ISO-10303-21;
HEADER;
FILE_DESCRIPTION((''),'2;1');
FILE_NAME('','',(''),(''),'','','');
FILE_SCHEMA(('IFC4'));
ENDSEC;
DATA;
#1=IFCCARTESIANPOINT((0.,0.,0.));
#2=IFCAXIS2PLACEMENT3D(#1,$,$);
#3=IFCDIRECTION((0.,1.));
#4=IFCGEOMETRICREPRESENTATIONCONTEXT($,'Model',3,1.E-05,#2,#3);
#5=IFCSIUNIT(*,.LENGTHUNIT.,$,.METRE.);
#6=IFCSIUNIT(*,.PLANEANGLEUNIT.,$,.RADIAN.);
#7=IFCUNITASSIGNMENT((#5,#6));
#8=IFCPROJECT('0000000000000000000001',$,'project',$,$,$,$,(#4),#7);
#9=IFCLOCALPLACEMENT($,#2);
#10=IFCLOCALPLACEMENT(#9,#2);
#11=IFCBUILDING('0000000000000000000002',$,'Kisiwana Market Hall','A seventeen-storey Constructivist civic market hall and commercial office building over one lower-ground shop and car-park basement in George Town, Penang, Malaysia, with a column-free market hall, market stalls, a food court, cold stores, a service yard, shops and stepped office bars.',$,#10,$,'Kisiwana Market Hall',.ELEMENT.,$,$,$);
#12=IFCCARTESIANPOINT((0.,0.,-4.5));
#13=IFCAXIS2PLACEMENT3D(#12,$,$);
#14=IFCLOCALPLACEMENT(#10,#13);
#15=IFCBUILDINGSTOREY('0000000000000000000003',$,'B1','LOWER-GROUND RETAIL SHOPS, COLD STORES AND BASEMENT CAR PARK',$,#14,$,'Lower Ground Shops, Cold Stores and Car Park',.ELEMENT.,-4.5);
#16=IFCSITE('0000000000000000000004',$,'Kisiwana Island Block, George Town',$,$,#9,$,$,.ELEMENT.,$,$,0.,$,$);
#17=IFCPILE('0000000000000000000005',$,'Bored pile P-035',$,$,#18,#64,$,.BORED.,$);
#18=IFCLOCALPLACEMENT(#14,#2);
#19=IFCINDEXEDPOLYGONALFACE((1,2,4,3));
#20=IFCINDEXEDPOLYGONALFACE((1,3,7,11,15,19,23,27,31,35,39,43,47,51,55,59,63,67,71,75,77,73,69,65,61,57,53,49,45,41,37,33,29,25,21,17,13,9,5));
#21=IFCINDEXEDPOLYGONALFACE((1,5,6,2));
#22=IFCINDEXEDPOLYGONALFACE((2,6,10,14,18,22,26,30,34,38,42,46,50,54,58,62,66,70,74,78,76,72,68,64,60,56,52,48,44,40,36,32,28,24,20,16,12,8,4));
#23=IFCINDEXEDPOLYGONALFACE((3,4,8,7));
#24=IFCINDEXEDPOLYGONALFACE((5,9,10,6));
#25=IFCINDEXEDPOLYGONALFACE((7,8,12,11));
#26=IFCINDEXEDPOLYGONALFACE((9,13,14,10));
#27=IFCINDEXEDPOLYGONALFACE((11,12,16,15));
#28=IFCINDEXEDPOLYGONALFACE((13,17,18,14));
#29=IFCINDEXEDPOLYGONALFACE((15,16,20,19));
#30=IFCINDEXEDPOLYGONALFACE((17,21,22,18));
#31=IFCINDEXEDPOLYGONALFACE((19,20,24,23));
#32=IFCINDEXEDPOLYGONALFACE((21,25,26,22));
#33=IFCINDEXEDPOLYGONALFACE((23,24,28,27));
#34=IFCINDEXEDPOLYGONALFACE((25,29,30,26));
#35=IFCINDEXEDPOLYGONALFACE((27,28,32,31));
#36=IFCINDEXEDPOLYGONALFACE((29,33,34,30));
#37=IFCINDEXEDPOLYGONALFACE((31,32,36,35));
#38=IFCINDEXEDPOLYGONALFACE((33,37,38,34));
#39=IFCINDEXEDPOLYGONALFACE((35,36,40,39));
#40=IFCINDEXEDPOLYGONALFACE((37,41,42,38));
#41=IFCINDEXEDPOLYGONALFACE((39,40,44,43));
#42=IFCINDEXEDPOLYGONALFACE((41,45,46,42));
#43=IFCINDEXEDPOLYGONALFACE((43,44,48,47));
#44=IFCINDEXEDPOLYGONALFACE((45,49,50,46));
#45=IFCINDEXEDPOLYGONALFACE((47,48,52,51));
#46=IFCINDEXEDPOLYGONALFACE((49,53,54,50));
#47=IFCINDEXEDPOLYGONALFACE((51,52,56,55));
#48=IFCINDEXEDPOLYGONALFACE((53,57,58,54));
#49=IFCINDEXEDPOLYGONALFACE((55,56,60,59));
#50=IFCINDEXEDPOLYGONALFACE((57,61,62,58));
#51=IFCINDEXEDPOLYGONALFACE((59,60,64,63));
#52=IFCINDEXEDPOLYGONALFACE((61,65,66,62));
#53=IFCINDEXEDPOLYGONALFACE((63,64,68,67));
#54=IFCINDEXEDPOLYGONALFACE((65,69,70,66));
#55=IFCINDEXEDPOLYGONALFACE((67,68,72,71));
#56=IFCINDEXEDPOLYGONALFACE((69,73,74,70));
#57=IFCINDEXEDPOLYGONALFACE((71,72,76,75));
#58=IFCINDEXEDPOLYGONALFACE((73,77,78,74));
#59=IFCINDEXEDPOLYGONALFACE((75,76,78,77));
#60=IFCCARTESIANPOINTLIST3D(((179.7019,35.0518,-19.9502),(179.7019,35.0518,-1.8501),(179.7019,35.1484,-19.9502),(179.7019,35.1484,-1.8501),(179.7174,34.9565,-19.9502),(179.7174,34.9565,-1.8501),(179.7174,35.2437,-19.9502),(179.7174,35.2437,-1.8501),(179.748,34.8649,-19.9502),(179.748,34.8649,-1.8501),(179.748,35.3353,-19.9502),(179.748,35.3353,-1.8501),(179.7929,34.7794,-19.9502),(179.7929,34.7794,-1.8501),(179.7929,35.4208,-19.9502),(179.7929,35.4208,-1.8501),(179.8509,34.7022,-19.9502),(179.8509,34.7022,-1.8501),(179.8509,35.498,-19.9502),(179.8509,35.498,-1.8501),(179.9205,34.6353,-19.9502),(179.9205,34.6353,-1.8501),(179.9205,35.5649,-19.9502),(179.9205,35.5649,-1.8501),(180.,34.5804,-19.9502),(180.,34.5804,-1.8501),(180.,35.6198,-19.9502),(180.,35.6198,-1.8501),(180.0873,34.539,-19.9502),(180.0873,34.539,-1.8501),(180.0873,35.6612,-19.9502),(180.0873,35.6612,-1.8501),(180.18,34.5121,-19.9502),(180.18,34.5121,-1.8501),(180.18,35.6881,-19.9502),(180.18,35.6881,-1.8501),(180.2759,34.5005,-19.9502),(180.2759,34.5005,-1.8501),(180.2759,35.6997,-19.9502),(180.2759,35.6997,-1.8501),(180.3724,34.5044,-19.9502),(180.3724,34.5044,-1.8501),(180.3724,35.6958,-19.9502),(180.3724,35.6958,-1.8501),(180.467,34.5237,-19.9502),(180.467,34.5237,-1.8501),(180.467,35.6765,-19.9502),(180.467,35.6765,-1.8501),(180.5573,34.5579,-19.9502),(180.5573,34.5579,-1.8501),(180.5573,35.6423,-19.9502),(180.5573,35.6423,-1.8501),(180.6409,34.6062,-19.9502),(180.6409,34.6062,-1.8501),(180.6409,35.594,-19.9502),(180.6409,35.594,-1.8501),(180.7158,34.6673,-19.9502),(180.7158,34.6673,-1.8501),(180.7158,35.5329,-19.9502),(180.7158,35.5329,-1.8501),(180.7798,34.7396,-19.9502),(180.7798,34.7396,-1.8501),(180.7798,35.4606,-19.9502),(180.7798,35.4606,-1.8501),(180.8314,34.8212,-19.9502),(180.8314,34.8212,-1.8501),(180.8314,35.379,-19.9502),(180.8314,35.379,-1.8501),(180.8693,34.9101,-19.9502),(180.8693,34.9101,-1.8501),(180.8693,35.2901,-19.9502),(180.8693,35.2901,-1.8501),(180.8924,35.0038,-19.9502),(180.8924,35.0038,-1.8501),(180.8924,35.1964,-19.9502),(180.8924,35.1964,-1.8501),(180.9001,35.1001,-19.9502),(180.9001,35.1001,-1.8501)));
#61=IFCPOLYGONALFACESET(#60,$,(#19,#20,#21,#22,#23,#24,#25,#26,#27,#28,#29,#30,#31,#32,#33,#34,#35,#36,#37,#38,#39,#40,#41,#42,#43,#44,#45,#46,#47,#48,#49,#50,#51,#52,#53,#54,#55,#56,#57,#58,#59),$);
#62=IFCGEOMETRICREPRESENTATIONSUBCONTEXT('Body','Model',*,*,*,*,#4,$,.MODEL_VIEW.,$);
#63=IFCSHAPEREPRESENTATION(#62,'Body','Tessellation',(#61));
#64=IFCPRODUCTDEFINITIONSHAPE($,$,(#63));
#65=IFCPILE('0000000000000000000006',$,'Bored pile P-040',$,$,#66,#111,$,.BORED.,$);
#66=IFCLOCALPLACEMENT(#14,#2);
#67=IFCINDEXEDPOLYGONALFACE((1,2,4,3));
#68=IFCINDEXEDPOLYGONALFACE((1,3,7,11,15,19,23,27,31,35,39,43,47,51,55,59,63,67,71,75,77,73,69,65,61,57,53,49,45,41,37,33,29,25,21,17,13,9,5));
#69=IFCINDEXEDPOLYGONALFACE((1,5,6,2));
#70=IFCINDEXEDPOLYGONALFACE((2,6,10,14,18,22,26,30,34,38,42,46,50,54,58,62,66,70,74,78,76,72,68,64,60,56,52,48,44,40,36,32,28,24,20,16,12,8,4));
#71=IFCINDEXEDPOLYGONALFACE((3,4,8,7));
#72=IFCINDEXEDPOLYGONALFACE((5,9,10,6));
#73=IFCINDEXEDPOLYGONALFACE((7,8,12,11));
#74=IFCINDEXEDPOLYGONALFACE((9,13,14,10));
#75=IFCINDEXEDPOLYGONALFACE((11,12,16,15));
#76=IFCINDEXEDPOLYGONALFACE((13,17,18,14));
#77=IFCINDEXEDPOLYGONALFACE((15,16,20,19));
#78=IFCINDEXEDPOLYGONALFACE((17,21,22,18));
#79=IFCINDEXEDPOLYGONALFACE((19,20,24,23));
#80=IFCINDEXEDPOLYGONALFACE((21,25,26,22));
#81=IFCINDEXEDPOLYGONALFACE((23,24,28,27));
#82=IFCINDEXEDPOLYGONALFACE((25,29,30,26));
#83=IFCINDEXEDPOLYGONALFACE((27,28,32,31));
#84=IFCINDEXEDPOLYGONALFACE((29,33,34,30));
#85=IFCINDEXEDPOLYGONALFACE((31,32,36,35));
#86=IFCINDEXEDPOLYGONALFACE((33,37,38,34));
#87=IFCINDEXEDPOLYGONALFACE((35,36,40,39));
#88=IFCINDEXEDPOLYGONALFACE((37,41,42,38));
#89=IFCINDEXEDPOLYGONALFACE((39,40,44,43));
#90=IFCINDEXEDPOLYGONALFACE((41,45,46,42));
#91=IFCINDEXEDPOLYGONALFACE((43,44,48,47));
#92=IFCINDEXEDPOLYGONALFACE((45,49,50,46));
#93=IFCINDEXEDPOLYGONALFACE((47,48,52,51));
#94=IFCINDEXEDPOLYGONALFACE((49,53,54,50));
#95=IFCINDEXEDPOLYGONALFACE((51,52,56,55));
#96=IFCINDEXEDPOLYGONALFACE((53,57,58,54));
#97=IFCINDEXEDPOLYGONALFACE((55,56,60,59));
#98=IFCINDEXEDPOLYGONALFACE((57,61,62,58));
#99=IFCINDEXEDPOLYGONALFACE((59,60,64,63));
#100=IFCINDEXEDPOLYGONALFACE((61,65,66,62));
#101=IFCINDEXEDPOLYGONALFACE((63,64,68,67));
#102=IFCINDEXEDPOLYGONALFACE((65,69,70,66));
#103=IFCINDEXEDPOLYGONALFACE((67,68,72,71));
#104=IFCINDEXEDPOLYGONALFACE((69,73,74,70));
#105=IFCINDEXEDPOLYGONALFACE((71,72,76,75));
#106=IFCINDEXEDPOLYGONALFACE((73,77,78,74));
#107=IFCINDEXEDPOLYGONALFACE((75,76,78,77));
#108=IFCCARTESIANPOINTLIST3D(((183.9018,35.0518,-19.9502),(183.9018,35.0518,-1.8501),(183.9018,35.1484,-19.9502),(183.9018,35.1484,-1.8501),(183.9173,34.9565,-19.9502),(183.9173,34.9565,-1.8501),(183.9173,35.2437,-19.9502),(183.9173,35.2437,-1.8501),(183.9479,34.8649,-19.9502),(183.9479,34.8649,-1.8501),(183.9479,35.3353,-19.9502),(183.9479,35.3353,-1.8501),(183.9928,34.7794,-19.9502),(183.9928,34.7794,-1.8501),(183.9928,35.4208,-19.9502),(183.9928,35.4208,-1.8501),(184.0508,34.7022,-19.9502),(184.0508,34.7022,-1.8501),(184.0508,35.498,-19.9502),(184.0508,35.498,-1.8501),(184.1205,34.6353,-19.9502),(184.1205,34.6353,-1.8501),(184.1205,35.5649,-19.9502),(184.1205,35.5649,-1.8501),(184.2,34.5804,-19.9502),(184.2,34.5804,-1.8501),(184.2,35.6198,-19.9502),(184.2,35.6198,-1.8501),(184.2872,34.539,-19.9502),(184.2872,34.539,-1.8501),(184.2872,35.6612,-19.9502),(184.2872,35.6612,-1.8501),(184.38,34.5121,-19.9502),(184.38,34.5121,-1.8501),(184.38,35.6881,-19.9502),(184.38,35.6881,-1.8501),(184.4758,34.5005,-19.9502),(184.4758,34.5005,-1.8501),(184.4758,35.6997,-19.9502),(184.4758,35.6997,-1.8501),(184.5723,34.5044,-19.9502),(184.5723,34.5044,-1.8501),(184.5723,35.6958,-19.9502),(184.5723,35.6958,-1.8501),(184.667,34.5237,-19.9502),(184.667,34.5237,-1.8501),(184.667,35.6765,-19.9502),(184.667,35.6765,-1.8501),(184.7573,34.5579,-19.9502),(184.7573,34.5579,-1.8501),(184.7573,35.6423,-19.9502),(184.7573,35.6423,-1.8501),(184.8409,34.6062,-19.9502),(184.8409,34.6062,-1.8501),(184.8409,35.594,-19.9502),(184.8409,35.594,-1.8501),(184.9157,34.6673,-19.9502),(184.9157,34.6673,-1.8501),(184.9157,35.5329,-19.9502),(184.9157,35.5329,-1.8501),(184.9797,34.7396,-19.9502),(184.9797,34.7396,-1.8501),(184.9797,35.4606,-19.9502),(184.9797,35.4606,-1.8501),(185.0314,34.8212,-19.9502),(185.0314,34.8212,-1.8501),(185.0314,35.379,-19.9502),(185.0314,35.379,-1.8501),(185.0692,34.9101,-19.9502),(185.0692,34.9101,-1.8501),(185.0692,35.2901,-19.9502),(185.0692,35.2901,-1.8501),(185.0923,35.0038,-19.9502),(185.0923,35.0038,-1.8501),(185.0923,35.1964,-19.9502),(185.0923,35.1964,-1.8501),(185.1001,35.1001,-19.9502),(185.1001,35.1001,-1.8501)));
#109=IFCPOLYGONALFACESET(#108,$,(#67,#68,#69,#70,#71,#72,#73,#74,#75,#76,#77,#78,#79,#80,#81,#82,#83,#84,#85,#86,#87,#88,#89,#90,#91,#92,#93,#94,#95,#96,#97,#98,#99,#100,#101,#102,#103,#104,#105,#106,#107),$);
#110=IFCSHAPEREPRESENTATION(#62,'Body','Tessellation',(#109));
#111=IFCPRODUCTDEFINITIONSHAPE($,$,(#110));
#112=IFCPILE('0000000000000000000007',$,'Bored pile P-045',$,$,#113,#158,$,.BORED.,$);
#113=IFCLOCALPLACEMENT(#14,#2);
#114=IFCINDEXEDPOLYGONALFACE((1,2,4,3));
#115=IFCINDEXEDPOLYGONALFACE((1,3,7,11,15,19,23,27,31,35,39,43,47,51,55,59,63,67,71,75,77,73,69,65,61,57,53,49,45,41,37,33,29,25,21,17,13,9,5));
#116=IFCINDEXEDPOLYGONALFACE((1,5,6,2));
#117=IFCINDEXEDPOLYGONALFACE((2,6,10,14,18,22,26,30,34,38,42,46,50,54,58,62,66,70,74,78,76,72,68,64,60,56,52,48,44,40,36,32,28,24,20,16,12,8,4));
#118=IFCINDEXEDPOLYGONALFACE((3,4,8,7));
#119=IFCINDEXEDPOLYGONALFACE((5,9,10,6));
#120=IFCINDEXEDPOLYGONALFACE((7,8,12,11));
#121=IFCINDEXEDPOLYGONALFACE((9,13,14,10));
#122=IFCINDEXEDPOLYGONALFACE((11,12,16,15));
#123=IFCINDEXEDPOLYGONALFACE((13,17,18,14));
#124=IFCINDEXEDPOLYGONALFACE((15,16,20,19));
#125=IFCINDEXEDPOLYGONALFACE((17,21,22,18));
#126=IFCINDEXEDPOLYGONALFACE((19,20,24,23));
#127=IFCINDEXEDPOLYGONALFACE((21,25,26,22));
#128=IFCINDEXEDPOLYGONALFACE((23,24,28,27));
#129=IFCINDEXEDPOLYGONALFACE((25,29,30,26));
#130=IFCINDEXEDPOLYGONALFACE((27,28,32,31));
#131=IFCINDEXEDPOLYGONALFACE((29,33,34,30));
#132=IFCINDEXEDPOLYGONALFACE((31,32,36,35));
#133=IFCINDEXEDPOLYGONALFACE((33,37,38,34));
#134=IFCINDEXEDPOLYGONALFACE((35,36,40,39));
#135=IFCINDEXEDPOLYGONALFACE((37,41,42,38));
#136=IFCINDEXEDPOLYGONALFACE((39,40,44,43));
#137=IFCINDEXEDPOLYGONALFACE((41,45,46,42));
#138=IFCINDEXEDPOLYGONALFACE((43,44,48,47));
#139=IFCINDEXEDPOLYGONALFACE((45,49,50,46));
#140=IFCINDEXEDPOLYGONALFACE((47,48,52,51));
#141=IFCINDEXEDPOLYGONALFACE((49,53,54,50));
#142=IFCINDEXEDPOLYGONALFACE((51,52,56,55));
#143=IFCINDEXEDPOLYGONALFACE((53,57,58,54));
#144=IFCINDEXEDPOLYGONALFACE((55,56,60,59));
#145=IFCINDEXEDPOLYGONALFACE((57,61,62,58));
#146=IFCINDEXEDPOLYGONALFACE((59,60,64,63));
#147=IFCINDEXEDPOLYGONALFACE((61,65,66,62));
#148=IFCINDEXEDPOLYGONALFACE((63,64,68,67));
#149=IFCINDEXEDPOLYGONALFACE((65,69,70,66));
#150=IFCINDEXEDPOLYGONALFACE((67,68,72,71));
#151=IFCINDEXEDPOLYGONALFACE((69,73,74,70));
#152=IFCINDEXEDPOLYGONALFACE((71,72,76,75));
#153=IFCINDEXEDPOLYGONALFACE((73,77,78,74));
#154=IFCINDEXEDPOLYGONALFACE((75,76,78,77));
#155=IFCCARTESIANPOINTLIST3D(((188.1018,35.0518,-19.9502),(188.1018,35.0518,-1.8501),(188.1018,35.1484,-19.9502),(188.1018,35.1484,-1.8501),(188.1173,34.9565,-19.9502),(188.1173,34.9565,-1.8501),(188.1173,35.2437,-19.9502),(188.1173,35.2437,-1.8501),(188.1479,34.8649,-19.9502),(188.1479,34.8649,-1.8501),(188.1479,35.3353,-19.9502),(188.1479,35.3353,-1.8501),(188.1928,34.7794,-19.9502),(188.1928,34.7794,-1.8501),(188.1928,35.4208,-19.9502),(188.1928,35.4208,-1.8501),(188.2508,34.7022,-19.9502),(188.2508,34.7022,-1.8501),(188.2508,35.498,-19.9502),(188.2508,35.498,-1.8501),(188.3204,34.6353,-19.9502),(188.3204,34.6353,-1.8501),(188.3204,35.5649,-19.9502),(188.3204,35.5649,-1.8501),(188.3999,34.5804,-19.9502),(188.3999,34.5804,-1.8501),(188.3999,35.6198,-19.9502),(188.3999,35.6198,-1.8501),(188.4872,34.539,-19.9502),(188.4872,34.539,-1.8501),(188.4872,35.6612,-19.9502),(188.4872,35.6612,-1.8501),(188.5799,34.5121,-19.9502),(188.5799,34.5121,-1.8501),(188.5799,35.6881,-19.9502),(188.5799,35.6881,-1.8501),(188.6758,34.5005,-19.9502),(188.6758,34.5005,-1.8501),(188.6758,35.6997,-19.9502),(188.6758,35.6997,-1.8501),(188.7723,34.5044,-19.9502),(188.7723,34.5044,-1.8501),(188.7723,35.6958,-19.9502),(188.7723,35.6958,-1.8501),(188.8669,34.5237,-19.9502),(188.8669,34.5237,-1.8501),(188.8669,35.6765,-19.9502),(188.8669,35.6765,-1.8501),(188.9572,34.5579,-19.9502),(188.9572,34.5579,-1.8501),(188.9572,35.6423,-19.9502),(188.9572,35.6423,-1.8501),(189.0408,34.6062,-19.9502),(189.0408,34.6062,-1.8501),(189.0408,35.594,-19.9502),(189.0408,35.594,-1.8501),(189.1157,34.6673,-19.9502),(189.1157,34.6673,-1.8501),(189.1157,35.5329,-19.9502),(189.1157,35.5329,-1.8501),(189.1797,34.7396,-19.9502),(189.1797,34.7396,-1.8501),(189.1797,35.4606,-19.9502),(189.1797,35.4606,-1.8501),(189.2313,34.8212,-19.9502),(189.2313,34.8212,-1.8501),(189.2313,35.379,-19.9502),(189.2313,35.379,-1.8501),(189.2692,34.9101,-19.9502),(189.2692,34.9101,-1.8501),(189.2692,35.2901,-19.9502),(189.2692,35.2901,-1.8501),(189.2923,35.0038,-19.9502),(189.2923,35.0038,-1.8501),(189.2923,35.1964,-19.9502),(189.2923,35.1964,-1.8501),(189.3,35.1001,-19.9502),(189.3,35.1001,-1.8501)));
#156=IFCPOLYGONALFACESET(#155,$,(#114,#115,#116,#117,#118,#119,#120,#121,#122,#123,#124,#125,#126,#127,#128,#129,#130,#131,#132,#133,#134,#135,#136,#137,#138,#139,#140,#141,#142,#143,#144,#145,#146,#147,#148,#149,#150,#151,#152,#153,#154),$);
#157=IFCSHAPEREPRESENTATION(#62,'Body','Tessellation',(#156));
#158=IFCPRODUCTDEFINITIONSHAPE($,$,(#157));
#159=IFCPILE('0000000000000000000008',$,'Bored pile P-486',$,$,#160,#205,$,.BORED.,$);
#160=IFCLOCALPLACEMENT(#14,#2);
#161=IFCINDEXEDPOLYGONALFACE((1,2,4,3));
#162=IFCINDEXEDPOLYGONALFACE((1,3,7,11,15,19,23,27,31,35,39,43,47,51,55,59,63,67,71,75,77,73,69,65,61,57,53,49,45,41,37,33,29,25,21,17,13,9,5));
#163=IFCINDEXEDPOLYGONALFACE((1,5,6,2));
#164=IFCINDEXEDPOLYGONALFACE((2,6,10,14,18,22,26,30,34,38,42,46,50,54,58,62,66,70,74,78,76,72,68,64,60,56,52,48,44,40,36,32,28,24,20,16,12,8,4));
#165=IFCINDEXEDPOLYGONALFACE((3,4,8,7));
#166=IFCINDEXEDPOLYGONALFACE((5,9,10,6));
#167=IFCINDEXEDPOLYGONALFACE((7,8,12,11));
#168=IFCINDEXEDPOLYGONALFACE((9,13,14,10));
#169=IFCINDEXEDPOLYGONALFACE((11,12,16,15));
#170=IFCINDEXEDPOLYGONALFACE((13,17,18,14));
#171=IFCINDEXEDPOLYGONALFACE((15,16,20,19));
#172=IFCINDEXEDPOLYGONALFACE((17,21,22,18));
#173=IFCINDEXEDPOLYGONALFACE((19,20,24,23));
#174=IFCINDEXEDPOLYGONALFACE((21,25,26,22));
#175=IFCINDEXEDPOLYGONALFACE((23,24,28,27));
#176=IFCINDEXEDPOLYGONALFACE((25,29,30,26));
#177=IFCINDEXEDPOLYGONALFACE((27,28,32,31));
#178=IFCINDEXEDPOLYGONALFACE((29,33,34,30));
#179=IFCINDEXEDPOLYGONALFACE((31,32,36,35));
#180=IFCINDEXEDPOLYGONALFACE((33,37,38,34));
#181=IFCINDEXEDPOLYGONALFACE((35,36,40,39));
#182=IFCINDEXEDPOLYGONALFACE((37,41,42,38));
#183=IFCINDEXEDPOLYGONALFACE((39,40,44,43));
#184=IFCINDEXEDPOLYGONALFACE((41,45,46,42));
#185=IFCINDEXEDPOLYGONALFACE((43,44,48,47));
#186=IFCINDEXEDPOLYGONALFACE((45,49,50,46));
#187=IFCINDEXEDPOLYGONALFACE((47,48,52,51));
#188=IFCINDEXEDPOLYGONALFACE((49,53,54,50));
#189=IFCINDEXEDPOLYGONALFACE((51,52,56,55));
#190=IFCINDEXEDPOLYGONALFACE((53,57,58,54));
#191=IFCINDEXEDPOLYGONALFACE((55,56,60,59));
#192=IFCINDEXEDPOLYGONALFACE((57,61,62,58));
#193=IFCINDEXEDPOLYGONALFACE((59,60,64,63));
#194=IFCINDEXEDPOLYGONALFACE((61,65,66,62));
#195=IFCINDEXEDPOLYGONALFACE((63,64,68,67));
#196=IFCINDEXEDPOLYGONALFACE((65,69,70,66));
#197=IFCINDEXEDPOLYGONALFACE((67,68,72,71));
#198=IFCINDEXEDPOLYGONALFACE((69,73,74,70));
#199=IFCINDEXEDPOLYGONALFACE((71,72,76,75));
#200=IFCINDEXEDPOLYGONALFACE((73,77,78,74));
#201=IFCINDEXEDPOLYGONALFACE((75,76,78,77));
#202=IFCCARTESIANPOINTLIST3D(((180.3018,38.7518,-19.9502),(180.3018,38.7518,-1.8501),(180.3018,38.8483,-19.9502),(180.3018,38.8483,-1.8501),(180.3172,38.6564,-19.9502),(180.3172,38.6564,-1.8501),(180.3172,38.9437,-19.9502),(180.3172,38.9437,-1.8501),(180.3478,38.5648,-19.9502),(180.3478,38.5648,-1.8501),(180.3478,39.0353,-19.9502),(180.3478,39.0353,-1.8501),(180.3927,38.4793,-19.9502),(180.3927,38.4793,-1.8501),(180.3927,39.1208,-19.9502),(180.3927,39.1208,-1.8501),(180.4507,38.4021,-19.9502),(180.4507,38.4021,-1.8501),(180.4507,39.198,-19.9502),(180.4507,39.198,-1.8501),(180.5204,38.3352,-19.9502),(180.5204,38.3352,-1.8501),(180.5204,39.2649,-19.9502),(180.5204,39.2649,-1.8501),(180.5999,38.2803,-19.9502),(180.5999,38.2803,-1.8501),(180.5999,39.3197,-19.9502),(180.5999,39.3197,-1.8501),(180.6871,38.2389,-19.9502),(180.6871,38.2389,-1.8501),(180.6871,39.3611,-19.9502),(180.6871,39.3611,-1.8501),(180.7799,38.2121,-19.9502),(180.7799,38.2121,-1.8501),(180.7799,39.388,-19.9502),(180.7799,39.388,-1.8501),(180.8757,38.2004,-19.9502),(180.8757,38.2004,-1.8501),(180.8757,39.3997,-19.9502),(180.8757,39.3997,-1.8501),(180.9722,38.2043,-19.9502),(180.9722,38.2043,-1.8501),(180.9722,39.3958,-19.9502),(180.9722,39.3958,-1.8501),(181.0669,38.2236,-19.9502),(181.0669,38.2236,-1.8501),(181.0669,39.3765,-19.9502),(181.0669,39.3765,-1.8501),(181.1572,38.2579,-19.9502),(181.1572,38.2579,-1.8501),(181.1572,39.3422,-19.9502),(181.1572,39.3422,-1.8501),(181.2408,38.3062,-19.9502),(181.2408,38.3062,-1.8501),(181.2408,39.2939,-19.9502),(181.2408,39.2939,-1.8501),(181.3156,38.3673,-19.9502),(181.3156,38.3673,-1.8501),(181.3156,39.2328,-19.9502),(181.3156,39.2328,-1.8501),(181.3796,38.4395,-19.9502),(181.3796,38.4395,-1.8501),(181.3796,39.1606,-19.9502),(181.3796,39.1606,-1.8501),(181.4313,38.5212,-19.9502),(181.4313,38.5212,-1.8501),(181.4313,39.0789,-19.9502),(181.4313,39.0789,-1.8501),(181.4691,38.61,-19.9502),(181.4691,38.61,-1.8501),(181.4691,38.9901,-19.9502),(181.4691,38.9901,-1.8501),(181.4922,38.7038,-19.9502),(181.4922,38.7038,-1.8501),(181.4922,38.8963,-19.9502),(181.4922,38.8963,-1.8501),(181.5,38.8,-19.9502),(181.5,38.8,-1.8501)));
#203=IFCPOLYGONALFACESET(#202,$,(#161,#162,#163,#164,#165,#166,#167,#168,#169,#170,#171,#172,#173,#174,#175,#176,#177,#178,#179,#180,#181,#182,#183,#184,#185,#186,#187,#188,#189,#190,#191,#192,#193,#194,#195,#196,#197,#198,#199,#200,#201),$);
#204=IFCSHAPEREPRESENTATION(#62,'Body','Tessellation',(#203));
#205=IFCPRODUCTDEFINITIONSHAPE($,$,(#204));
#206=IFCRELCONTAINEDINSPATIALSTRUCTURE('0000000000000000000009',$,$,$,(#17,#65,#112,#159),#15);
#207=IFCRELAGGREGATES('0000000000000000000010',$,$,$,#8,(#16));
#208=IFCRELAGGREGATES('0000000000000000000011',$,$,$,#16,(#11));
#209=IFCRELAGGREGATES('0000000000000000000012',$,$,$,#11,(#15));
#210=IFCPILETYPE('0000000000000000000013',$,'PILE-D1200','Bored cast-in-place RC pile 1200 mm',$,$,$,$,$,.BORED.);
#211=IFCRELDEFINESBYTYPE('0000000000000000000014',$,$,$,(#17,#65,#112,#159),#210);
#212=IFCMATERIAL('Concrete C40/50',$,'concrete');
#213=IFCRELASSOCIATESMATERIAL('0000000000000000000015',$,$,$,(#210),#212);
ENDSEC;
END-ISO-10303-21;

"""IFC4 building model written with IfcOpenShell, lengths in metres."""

from ifc_helpers import new_model, si_unit, direction, frame, origin, origin_2d, place, context, subcontext, project, spatial, circle, extrude, material, material_profile, profile_set, type_object, element, save


model = new_model("IFC4")

# Units and contexts
model_context = context("Model", 3, precision=1e-05, world=origin(), true_north=direction((0.0, 1.0)))
body_context = subcontext(model_context, "Body", "Model", "MODEL_VIEW")
ifc_project = project(units=[si_unit("LENGTHUNIT", "METRE"), si_unit("PLANEANGLEUNIT", "RADIAN")], contexts=[model_context])

# Site, building, storey
site_placement = place(None, origin())
site = spatial("IfcSite", under=ifc_project, at=site_placement, Name="Kisiwana Island Block, George Town", CompositionType="ELEMENT", RefElevation=0.0)
building_placement = place(site_placement, origin())
building = spatial("IfcBuilding", under=site, at=building_placement, Name="Kisiwana Market Hall", Description="A seventeen-storey Constructivist civic market hall and commercial office building over one lower-ground shop and car-park basement in George Town, Penang, Malaysia, with a column-free market hall, market stalls, a food court, cold stores, a service yard, shops and stepped office bars.", LongName="Kisiwana Market Hall", CompositionType="ELEMENT")
storey_placement = place(building_placement, frame((0.0, 0.0, -4.5)))
storey = spatial("IfcBuildingStorey", under=building, at=storey_placement, Name="B1", Description="LOWER-GROUND RETAIL SHOPS, COLD STORES AND BASEMENT CAR PARK", LongName="Lower Ground Shops, Cold Stores and Car Park", CompositionType="ELEMENT", Elevation=-4.5)

# Piles
ifc_material_1 = material(Name="Concrete C40/50", Category="concrete")
ifc_material_profile_1 = material_profile(ifc_material_1, circle(Radius=0.6001, at=origin_2d()), Name="BP D1200")
ifc_profile_set_1 = profile_set([ifc_material_profile_1], Name="Concrete C40/50")
pile_type_1 = type_object("IfcPileType", Name="PILE-D1200", Description="Bored cast-in-place RC pile 1200 mm", PredefinedType="BORED", material=ifc_profile_set_1)
for number, where, z_axis, x_axis, name in (
    (1, (180.3, 35.1001, -1.8501), (0.0, 0.0, -1.0), (1.0, 0.0, 0.0), "Bored pile P-035"),
    (2, (184.5, 35.1001, -1.8501), (0.0, 0.0, -1.0), (1.0, 0.0, 0.0), "Bored pile P-040"),
    (3, (188.7, 35.1001, -1.8501), (0.0, 0.0, -1.0), (1.0, 0.0, 0.0), "Bored pile P-045"),
    (4, (180.8999, 38.8, -1.8501), (0.0, 0.0, -1.0), (1.0, 0.0, 0.0), "Bored pile P-486"),
):
    element("IfcPile", number, at=place(storey_placement, frame(where, z_axis=z_axis, x_axis=x_axis)), inside=storey, type_object=pile_type_1, Name=name, PredefinedType="BORED", context=body_context, shape_type="SweptSolid", body=[
        extrude(circle(Radius=0.6001, at=origin_2d()), origin(), (0.0, 0.0, 1.0), 18.1001),
    ])

save(model, "model.ifc")
